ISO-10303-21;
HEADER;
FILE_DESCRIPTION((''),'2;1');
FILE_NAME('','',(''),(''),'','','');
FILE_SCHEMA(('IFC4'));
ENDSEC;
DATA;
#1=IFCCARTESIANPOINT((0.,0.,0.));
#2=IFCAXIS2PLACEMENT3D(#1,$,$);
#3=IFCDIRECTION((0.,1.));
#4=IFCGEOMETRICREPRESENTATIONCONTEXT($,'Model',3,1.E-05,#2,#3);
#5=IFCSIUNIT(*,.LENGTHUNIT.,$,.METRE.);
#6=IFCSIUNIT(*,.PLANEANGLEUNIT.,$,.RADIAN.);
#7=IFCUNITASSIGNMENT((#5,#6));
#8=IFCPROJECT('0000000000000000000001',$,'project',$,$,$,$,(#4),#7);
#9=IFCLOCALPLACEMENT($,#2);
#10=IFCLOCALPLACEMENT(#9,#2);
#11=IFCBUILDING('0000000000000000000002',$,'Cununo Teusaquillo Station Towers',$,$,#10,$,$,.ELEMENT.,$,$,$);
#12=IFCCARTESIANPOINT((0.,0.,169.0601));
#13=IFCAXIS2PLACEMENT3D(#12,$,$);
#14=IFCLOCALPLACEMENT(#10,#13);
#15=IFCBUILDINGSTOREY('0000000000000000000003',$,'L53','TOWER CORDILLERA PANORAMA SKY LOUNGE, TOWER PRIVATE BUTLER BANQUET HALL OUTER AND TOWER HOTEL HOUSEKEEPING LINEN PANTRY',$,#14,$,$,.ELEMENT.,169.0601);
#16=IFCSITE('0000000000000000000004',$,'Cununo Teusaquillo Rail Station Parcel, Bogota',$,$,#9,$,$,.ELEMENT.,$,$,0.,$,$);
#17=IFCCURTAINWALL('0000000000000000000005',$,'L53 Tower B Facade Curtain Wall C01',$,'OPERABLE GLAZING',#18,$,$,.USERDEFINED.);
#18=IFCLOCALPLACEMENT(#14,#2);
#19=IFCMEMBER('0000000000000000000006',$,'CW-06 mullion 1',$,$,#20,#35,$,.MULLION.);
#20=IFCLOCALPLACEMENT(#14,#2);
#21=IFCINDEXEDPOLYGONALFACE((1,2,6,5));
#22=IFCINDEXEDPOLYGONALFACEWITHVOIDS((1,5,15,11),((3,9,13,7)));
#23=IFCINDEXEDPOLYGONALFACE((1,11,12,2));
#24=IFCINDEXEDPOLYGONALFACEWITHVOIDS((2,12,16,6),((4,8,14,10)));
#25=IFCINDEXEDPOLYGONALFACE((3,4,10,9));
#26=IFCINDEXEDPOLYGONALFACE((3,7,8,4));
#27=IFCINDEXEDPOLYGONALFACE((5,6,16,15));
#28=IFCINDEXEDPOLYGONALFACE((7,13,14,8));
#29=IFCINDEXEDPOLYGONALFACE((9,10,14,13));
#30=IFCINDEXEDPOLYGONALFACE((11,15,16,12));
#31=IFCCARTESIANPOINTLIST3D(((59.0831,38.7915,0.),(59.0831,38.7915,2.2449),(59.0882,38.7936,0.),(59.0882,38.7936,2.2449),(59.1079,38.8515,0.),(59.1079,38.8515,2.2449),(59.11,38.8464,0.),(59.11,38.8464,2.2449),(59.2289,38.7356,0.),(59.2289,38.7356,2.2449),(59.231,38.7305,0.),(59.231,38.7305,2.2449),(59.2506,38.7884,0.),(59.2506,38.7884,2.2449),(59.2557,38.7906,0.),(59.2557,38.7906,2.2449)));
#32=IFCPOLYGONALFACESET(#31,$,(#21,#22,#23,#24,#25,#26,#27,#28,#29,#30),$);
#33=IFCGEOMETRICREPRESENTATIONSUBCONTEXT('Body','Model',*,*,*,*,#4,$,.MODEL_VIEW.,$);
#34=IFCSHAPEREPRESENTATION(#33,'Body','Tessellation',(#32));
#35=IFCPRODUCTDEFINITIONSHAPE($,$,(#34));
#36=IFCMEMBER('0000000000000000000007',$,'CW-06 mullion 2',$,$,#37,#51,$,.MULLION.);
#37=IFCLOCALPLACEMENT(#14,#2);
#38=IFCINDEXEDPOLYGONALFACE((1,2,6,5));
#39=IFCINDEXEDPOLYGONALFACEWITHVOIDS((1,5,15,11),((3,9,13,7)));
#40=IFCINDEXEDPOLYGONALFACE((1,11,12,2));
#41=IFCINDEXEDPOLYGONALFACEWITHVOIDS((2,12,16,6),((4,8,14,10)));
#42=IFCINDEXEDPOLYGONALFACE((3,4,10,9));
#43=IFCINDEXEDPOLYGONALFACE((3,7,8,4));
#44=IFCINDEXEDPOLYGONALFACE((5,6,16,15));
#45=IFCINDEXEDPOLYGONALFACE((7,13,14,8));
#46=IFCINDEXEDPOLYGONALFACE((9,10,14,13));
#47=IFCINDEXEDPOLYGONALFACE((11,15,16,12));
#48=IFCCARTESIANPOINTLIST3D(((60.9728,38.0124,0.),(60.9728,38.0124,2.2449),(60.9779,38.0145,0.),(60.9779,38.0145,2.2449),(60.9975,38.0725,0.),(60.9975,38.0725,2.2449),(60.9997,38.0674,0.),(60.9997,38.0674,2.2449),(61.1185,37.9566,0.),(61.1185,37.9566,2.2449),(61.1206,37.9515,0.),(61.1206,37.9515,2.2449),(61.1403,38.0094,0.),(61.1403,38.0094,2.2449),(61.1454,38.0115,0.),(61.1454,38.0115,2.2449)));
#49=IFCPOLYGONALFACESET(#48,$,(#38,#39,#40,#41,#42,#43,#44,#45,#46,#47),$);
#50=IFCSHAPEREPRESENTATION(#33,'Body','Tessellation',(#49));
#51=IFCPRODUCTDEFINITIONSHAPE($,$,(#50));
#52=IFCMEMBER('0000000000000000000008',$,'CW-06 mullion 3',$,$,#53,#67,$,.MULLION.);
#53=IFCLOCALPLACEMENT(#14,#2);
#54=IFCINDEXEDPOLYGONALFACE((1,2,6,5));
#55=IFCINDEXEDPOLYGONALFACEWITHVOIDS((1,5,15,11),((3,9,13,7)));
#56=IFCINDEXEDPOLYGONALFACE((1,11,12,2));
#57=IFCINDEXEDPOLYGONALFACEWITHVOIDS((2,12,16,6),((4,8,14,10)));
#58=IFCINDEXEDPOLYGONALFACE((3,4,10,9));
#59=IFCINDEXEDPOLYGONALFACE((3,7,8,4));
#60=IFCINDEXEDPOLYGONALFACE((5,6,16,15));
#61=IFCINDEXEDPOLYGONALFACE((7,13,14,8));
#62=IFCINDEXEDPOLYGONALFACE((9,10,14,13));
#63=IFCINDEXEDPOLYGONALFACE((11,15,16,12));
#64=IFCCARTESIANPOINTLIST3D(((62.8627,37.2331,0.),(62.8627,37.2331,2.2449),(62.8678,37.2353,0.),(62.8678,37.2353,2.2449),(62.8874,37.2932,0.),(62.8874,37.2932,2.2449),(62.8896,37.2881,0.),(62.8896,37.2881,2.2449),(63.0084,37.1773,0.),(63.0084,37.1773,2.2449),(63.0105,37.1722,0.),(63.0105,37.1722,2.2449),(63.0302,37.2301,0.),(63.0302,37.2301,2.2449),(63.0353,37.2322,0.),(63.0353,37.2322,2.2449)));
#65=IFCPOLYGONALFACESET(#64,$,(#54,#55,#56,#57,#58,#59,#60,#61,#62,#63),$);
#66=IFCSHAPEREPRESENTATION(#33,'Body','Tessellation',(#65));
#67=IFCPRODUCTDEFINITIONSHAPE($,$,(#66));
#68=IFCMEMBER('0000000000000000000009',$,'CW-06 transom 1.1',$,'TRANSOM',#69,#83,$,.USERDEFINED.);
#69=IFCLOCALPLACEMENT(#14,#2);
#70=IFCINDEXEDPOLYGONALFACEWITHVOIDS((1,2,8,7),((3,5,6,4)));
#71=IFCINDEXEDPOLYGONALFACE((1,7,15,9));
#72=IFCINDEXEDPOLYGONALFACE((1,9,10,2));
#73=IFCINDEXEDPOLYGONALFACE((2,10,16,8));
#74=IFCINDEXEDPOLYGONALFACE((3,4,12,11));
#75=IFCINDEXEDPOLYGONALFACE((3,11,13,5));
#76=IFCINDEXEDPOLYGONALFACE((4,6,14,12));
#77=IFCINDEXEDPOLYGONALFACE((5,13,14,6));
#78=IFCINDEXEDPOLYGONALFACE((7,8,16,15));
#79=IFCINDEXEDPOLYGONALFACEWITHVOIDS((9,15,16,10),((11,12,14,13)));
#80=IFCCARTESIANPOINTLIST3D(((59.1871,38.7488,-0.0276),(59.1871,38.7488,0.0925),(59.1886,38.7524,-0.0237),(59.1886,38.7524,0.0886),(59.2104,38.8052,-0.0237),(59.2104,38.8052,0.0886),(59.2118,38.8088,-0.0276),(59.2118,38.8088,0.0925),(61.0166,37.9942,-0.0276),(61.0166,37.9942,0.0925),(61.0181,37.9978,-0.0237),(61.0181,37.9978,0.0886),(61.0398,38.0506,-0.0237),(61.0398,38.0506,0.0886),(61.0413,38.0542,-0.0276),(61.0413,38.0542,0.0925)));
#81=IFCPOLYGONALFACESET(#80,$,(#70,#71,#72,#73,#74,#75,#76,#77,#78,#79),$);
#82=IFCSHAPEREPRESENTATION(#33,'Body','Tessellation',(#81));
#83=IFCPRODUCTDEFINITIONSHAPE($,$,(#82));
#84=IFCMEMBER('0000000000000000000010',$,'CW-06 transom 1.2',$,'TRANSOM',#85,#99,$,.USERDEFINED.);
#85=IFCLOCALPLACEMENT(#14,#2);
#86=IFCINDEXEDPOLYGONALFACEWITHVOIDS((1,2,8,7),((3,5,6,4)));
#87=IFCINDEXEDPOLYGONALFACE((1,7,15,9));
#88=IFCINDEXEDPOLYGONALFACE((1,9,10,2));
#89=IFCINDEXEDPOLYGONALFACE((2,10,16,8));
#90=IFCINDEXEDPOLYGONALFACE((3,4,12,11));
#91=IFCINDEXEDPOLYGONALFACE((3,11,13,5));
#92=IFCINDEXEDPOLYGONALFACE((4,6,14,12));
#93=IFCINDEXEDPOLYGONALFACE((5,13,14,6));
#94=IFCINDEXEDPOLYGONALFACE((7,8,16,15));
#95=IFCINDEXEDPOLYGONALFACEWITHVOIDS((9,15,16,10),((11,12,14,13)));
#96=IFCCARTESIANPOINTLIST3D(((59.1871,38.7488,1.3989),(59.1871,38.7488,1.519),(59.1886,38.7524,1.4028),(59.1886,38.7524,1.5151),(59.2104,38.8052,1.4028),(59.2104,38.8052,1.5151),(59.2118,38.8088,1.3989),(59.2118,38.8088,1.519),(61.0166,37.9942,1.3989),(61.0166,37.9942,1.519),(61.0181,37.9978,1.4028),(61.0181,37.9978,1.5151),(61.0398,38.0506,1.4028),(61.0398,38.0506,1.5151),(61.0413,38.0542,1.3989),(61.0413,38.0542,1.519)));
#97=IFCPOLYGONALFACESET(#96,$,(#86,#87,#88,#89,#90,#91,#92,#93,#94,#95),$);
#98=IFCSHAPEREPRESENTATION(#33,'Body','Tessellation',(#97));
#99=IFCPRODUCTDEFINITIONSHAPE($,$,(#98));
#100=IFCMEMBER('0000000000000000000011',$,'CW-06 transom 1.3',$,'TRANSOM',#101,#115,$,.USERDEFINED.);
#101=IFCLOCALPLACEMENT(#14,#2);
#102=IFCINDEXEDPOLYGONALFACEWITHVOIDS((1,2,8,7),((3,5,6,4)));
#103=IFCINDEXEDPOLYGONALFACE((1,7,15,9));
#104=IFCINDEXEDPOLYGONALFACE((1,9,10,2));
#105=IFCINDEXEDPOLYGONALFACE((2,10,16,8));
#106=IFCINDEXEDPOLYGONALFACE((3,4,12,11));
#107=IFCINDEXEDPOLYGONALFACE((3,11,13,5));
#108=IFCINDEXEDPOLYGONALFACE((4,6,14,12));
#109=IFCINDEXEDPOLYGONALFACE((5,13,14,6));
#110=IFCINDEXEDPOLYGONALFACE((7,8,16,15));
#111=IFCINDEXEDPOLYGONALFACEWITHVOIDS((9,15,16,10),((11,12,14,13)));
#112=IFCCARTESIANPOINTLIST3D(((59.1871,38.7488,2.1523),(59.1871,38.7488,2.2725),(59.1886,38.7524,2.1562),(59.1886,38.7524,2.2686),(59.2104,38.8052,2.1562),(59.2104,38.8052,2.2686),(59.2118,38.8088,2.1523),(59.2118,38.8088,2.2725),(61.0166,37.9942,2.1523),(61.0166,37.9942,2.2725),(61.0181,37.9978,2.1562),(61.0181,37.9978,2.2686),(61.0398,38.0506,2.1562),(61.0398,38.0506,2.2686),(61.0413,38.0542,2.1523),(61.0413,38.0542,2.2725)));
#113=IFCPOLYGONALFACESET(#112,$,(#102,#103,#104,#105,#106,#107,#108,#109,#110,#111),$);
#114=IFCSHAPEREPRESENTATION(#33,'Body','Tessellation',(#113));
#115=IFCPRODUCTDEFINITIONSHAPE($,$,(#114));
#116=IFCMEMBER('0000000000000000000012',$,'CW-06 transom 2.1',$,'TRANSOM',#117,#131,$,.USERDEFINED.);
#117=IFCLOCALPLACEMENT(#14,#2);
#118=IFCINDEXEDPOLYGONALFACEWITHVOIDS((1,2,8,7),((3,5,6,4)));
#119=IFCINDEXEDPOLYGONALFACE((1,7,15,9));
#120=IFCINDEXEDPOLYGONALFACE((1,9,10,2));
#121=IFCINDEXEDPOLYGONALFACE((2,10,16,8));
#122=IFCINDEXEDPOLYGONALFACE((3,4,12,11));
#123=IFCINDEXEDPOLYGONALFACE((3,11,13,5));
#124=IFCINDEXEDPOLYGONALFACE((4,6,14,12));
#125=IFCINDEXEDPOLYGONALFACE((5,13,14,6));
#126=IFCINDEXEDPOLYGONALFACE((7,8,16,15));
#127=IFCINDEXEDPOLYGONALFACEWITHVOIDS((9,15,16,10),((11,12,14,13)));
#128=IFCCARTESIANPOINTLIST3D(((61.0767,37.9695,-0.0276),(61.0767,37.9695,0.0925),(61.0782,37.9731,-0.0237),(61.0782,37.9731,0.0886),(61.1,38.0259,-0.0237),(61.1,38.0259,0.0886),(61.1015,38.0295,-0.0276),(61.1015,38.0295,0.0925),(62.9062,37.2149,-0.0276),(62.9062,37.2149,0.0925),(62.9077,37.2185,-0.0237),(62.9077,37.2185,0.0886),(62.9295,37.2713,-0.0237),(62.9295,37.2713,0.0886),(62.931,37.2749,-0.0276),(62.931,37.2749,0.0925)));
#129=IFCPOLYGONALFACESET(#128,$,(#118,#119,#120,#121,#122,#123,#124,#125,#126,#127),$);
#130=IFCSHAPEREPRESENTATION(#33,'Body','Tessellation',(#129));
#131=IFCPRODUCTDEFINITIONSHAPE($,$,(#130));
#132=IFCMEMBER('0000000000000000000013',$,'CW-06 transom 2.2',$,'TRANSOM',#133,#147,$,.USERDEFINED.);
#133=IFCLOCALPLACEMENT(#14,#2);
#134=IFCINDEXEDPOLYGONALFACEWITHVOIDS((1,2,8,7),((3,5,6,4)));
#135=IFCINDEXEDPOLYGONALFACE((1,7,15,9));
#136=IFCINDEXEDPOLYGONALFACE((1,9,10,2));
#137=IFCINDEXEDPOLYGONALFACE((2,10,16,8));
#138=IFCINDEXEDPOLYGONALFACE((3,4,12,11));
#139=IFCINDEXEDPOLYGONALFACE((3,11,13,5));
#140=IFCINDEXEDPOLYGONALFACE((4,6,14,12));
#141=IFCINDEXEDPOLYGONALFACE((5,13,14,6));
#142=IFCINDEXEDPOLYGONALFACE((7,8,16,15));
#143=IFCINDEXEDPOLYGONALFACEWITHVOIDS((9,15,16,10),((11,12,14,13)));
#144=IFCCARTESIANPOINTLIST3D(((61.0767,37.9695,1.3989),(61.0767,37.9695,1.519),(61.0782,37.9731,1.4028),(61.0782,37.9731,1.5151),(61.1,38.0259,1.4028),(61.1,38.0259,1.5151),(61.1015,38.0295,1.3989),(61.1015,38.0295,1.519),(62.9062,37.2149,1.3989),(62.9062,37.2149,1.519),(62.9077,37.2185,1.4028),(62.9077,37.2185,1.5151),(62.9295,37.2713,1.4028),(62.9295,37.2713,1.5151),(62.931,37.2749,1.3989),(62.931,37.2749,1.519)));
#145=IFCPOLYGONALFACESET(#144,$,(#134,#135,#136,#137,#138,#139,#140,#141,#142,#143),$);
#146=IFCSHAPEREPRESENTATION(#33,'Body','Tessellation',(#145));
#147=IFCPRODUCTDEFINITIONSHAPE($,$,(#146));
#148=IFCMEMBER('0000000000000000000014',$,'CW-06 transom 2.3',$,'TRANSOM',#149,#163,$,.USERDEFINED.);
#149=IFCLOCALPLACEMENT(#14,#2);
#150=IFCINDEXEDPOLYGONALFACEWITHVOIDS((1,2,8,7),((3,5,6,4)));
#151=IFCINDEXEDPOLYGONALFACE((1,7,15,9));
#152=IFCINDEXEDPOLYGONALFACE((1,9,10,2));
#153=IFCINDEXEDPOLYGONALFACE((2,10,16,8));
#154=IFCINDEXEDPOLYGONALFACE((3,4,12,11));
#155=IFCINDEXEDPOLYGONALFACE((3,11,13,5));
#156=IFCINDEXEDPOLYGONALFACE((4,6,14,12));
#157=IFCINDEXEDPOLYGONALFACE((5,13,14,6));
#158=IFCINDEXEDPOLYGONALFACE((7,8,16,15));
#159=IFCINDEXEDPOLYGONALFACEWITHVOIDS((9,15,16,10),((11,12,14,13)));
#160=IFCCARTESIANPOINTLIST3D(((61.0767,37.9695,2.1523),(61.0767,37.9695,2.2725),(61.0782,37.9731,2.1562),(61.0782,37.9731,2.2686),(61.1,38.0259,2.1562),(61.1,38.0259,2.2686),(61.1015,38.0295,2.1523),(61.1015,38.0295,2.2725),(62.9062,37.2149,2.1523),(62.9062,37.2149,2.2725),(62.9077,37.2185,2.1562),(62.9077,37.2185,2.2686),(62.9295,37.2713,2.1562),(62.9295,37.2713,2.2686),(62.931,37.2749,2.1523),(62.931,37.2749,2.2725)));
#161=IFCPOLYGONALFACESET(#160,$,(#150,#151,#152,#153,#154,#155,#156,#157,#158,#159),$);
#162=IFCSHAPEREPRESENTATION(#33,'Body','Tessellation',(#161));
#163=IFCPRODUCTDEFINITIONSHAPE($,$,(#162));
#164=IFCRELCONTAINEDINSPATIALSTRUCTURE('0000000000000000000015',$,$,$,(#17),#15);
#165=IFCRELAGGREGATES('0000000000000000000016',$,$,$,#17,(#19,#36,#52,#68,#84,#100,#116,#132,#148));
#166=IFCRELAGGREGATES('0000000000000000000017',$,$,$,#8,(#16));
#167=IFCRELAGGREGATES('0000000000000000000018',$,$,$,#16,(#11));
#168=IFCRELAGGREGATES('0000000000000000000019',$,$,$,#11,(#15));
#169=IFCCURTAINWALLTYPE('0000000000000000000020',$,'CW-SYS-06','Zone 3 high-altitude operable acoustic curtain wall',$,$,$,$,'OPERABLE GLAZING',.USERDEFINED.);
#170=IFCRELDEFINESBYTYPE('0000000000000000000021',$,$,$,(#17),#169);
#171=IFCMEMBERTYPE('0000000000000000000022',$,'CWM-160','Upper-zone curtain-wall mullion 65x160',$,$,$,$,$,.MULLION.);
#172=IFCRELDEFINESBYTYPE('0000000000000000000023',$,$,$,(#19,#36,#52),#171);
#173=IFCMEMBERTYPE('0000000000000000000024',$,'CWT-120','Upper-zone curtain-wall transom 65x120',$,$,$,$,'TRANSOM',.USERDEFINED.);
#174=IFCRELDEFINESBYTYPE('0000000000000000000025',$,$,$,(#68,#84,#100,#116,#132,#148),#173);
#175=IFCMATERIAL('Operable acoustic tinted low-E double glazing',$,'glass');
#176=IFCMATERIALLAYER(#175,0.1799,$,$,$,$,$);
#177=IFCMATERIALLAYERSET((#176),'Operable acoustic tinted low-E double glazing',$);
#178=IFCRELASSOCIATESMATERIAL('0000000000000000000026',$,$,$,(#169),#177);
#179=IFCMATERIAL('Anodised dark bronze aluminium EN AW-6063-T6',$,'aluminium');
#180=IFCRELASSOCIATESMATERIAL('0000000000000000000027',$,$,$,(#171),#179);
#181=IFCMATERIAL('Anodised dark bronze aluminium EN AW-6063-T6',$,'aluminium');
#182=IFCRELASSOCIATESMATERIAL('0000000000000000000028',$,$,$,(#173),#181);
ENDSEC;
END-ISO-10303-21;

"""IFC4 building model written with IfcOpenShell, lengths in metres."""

from ifc_helpers import new_model, si_unit, direction, frame, origin, origin_2d, place, context, subcontext, project, spatial, hollow_rectangle, extrude, material, layer, layer_set, material_profile, profile_set, type_object, element, aggregate, save


model = new_model("IFC4")

# Units and contexts
model_context = context("Model", 3, precision=1e-05, world=origin(), true_north=direction((0.0, 1.0)))
body_context = subcontext(model_context, "Body", "Model", "MODEL_VIEW")
ifc_project = project(units=[si_unit("LENGTHUNIT", "METRE"), si_unit("PLANEANGLEUNIT", "RADIAN")], contexts=[model_context])

# Site, building, storey
site_placement = place(None, origin())
site = spatial("IfcSite", under=ifc_project, at=site_placement, Name="Cununo Teusaquillo Rail Station Parcel, Bogota", CompositionType="ELEMENT", RefElevation=0.0)
building_placement = place(site_placement, origin())
building = spatial("IfcBuilding", under=site, at=building_placement, Name="Cununo Teusaquillo Station Towers", CompositionType="ELEMENT")
storey_placement = place(building_placement, frame((0.0, 0.0, 169.0601)))
storey = spatial("IfcBuildingStorey", under=building, at=storey_placement, Name="L53", Description="TOWER CORDILLERA PANORAMA SKY LOUNGE, TOWER PRIVATE BUTLER BANQUET HALL OUTER AND TOWER HOTEL HOUSEKEEPING LINEN PANTRY", CompositionType="ELEMENT", Elevation=169.0601)

# Curtain wall, members
ifc_material_1 = material(Name="Operable acoustic tinted low-E double glazing", Category="glass")
ifc_layer_1 = layer(ifc_material_1, 0.1799)
ifc_layer_set_1 = layer_set([ifc_layer_1], Name="Operable acoustic tinted low-E double glazing")
curtain_wall_type = type_object("IfcCurtainWallType", Name="CW-SYS-06", Description="Zone 3 high-altitude operable acoustic curtain wall", ElementType="OPERABLE GLAZING", PredefinedType="USERDEFINED", material=ifc_layer_set_1)
curtain_wall_placement = place(storey_placement, origin())
curtain_wall = element("IfcCurtainWall", 1, at=curtain_wall_placement, inside=storey, type_object=curtain_wall_type, Name="L53 Tower B Facade Curtain Wall C01", ObjectType="OPERABLE GLAZING", PredefinedType="USERDEFINED")
ifc_material_2 = material(Name="Anodised dark bronze aluminium EN AW-6063-T6", Category="aluminium")
ifc_material_profile_1 = material_profile(ifc_material_2, hollow_rectangle(XDim=0.0649, YDim=0.1599, WallThickness=0.0039, at=origin_2d()), Name="CW-MULL-65x160")
ifc_profile_set_1 = profile_set([ifc_material_profile_1], Name="Anodised dark bronze aluminium EN AW-6063-T6")
member_type_1 = type_object("IfcMemberType", Name="CWM-160", Description="Upper-zone curtain-wall mullion 65x160", PredefinedType="MULLION", material=ifc_profile_set_1)
member_1_placement = place(storey_placement, frame((59.1694, 38.791, 0.0), z_axis=(0.0, 0.0, 1.0), x_axis=(0.381229, 0.924481, 0.0)))
member_1 = element("IfcMember", 2, at=member_1_placement, type_object=member_type_1, Name="CW-06 mullion 1", PredefinedType="MULLION", context=body_context, shape_type="SweptSolid", body=[
    extrude(hollow_rectangle(XDim=0.0649, YDim=0.1599, WallThickness=0.0039, at=origin_2d()), origin(), (0.0, 0.0, 1.0), 2.2449),
])
member_2_placement = place(storey_placement, frame((61.0591, 38.012, 0.0), z_axis=(0.0, 0.0, 1.0), x_axis=(0.381229, 0.924481, 0.0)))
member_2 = element("IfcMember", 3, at=member_2_placement, type_object=member_type_1, Name="CW-06 mullion 2", PredefinedType="MULLION", context=body_context, shape_type="SweptSolid", body=[
    extrude(hollow_rectangle(XDim=0.0649, YDim=0.1599, WallThickness=0.0039, at=origin_2d()), origin(), (0.0, 0.0, 1.0), 2.2449),
])
member_3_placement = place(storey_placement, frame((62.949, 37.2327, 0.0), z_axis=(0.0, 0.0, 1.0), x_axis=(0.381229, 0.924481, 0.0)))
member_3 = element("IfcMember", 4, at=member_3_placement, type_object=member_type_1, Name="CW-06 mullion 3", PredefinedType="MULLION", context=body_context, shape_type="SweptSolid", body=[
    extrude(hollow_rectangle(XDim=0.0649, YDim=0.1599, WallThickness=0.0039, at=origin_2d()), origin(), (0.0, 0.0, 1.0), 2.2449),
])
ifc_material_3 = material(Name="Anodised dark bronze aluminium EN AW-6063-T6", Category="aluminium")
ifc_material_profile_2 = material_profile(ifc_material_3, hollow_rectangle(XDim=0.0649, YDim=0.1201, WallThickness=0.0039, at=origin_2d()), Name="CW-TRAN-65x120")
ifc_profile_set_2 = profile_set([ifc_material_profile_2], Name="Anodised dark bronze aluminium EN AW-6063-T6")
member_type_2 = type_object("IfcMemberType", Name="CWT-120", Description="Upper-zone curtain-wall transom 65x120", ElementType="TRANSOM", PredefinedType="USERDEFINED", material=ifc_profile_set_2)
member_4_placement = place(storey_placement, frame((59.1995, 38.7788, 0.0325), z_axis=(0.924451, -0.381302, 0.0), x_axis=(0.381302, 0.924451, 0.0)))
member_4 = element("IfcMember", 5, at=member_4_placement, type_object=member_type_2, Name="CW-06 transom 1.1", ObjectType="TRANSOM", PredefinedType="USERDEFINED", context=body_context, shape_type="SweptSolid", body=[
    extrude(hollow_rectangle(XDim=0.0649, YDim=0.1201, WallThickness=0.0039, at=origin_2d()), origin(), (0.0, 0.0, 1.0), 1.979),
])
member_5_placement = place(storey_placement, frame((59.1995, 38.7788, 1.459), z_axis=(0.924451, -0.381302, 0.0), x_axis=(0.381302, 0.924451, 0.0)))
member_5 = element("IfcMember", 6, at=member_5_placement, type_object=member_type_2, Name="CW-06 transom 1.2", ObjectType="TRANSOM", PredefinedType="USERDEFINED", context=body_context, shape_type="SweptSolid", body=[
    extrude(hollow_rectangle(XDim=0.0649, YDim=0.1201, WallThickness=0.0039, at=origin_2d()), origin(), (0.0, 0.0, 1.0), 1.979),
])
member_6_placement = place(storey_placement, frame((59.1995, 38.7788, 2.2124), z_axis=(0.924451, -0.381302, 0.0), x_axis=(0.381302, 0.924451, 0.0)))
member_6 = element("IfcMember", 7, at=member_6_placement, type_object=member_type_2, Name="CW-06 transom 1.3", ObjectType="TRANSOM", PredefinedType="USERDEFINED", context=body_context, shape_type="SweptSolid", body=[
    extrude(hollow_rectangle(XDim=0.0649, YDim=0.1201, WallThickness=0.0039, at=origin_2d()), origin(), (0.0, 0.0, 1.0), 1.979),
])
member_7_placement = place(storey_placement, frame((61.0891, 37.9995, 0.0325), z_axis=(0.924451, -0.381302, 0.0), x_axis=(0.381302, 0.924451, 0.0)))
member_7 = element("IfcMember", 8, at=member_7_placement, type_object=member_type_2, Name="CW-06 transom 2.1", ObjectType="TRANSOM", PredefinedType="USERDEFINED", context=body_context, shape_type="SweptSolid", body=[
    extrude(hollow_rectangle(XDim=0.0649, YDim=0.1201, WallThickness=0.0039, at=origin_2d()), origin(), (0.0, 0.0, 1.0), 1.979),
])
member_8_placement = place(storey_placement, frame((61.0891, 37.9995, 1.459), z_axis=(0.924451, -0.381302, 0.0), x_axis=(0.381302, 0.924451, 0.0)))
member_8 = element("IfcMember", 9, at=member_8_placement, type_object=member_type_2, Name="CW-06 transom 2.2", ObjectType="TRANSOM", PredefinedType="USERDEFINED", context=body_context, shape_type="SweptSolid", body=[
    extrude(hollow_rectangle(XDim=0.0649, YDim=0.1201, WallThickness=0.0039, at=origin_2d()), origin(), (0.0, 0.0, 1.0), 1.979),
])
member_9_placement = place(storey_placement, frame((61.0891, 37.9995, 2.2124), z_axis=(0.924451, -0.381302, 0.0), x_axis=(0.381302, 0.924451, 0.0)))
member_9 = element("IfcMember", 10, at=member_9_placement, type_object=member_type_2, Name="CW-06 transom 2.3", ObjectType="TRANSOM", PredefinedType="USERDEFINED", context=body_context, shape_type="SweptSolid", body=[
    extrude(hollow_rectangle(XDim=0.0649, YDim=0.1201, WallThickness=0.0039, at=origin_2d()), origin(), (0.0, 0.0, 1.0), 1.979),
])

aggregate(curtain_wall, [member_1, member_2, member_3, member_4, member_5, member_6, member_7, member_8, member_9])

save(model, "model.ifc")
